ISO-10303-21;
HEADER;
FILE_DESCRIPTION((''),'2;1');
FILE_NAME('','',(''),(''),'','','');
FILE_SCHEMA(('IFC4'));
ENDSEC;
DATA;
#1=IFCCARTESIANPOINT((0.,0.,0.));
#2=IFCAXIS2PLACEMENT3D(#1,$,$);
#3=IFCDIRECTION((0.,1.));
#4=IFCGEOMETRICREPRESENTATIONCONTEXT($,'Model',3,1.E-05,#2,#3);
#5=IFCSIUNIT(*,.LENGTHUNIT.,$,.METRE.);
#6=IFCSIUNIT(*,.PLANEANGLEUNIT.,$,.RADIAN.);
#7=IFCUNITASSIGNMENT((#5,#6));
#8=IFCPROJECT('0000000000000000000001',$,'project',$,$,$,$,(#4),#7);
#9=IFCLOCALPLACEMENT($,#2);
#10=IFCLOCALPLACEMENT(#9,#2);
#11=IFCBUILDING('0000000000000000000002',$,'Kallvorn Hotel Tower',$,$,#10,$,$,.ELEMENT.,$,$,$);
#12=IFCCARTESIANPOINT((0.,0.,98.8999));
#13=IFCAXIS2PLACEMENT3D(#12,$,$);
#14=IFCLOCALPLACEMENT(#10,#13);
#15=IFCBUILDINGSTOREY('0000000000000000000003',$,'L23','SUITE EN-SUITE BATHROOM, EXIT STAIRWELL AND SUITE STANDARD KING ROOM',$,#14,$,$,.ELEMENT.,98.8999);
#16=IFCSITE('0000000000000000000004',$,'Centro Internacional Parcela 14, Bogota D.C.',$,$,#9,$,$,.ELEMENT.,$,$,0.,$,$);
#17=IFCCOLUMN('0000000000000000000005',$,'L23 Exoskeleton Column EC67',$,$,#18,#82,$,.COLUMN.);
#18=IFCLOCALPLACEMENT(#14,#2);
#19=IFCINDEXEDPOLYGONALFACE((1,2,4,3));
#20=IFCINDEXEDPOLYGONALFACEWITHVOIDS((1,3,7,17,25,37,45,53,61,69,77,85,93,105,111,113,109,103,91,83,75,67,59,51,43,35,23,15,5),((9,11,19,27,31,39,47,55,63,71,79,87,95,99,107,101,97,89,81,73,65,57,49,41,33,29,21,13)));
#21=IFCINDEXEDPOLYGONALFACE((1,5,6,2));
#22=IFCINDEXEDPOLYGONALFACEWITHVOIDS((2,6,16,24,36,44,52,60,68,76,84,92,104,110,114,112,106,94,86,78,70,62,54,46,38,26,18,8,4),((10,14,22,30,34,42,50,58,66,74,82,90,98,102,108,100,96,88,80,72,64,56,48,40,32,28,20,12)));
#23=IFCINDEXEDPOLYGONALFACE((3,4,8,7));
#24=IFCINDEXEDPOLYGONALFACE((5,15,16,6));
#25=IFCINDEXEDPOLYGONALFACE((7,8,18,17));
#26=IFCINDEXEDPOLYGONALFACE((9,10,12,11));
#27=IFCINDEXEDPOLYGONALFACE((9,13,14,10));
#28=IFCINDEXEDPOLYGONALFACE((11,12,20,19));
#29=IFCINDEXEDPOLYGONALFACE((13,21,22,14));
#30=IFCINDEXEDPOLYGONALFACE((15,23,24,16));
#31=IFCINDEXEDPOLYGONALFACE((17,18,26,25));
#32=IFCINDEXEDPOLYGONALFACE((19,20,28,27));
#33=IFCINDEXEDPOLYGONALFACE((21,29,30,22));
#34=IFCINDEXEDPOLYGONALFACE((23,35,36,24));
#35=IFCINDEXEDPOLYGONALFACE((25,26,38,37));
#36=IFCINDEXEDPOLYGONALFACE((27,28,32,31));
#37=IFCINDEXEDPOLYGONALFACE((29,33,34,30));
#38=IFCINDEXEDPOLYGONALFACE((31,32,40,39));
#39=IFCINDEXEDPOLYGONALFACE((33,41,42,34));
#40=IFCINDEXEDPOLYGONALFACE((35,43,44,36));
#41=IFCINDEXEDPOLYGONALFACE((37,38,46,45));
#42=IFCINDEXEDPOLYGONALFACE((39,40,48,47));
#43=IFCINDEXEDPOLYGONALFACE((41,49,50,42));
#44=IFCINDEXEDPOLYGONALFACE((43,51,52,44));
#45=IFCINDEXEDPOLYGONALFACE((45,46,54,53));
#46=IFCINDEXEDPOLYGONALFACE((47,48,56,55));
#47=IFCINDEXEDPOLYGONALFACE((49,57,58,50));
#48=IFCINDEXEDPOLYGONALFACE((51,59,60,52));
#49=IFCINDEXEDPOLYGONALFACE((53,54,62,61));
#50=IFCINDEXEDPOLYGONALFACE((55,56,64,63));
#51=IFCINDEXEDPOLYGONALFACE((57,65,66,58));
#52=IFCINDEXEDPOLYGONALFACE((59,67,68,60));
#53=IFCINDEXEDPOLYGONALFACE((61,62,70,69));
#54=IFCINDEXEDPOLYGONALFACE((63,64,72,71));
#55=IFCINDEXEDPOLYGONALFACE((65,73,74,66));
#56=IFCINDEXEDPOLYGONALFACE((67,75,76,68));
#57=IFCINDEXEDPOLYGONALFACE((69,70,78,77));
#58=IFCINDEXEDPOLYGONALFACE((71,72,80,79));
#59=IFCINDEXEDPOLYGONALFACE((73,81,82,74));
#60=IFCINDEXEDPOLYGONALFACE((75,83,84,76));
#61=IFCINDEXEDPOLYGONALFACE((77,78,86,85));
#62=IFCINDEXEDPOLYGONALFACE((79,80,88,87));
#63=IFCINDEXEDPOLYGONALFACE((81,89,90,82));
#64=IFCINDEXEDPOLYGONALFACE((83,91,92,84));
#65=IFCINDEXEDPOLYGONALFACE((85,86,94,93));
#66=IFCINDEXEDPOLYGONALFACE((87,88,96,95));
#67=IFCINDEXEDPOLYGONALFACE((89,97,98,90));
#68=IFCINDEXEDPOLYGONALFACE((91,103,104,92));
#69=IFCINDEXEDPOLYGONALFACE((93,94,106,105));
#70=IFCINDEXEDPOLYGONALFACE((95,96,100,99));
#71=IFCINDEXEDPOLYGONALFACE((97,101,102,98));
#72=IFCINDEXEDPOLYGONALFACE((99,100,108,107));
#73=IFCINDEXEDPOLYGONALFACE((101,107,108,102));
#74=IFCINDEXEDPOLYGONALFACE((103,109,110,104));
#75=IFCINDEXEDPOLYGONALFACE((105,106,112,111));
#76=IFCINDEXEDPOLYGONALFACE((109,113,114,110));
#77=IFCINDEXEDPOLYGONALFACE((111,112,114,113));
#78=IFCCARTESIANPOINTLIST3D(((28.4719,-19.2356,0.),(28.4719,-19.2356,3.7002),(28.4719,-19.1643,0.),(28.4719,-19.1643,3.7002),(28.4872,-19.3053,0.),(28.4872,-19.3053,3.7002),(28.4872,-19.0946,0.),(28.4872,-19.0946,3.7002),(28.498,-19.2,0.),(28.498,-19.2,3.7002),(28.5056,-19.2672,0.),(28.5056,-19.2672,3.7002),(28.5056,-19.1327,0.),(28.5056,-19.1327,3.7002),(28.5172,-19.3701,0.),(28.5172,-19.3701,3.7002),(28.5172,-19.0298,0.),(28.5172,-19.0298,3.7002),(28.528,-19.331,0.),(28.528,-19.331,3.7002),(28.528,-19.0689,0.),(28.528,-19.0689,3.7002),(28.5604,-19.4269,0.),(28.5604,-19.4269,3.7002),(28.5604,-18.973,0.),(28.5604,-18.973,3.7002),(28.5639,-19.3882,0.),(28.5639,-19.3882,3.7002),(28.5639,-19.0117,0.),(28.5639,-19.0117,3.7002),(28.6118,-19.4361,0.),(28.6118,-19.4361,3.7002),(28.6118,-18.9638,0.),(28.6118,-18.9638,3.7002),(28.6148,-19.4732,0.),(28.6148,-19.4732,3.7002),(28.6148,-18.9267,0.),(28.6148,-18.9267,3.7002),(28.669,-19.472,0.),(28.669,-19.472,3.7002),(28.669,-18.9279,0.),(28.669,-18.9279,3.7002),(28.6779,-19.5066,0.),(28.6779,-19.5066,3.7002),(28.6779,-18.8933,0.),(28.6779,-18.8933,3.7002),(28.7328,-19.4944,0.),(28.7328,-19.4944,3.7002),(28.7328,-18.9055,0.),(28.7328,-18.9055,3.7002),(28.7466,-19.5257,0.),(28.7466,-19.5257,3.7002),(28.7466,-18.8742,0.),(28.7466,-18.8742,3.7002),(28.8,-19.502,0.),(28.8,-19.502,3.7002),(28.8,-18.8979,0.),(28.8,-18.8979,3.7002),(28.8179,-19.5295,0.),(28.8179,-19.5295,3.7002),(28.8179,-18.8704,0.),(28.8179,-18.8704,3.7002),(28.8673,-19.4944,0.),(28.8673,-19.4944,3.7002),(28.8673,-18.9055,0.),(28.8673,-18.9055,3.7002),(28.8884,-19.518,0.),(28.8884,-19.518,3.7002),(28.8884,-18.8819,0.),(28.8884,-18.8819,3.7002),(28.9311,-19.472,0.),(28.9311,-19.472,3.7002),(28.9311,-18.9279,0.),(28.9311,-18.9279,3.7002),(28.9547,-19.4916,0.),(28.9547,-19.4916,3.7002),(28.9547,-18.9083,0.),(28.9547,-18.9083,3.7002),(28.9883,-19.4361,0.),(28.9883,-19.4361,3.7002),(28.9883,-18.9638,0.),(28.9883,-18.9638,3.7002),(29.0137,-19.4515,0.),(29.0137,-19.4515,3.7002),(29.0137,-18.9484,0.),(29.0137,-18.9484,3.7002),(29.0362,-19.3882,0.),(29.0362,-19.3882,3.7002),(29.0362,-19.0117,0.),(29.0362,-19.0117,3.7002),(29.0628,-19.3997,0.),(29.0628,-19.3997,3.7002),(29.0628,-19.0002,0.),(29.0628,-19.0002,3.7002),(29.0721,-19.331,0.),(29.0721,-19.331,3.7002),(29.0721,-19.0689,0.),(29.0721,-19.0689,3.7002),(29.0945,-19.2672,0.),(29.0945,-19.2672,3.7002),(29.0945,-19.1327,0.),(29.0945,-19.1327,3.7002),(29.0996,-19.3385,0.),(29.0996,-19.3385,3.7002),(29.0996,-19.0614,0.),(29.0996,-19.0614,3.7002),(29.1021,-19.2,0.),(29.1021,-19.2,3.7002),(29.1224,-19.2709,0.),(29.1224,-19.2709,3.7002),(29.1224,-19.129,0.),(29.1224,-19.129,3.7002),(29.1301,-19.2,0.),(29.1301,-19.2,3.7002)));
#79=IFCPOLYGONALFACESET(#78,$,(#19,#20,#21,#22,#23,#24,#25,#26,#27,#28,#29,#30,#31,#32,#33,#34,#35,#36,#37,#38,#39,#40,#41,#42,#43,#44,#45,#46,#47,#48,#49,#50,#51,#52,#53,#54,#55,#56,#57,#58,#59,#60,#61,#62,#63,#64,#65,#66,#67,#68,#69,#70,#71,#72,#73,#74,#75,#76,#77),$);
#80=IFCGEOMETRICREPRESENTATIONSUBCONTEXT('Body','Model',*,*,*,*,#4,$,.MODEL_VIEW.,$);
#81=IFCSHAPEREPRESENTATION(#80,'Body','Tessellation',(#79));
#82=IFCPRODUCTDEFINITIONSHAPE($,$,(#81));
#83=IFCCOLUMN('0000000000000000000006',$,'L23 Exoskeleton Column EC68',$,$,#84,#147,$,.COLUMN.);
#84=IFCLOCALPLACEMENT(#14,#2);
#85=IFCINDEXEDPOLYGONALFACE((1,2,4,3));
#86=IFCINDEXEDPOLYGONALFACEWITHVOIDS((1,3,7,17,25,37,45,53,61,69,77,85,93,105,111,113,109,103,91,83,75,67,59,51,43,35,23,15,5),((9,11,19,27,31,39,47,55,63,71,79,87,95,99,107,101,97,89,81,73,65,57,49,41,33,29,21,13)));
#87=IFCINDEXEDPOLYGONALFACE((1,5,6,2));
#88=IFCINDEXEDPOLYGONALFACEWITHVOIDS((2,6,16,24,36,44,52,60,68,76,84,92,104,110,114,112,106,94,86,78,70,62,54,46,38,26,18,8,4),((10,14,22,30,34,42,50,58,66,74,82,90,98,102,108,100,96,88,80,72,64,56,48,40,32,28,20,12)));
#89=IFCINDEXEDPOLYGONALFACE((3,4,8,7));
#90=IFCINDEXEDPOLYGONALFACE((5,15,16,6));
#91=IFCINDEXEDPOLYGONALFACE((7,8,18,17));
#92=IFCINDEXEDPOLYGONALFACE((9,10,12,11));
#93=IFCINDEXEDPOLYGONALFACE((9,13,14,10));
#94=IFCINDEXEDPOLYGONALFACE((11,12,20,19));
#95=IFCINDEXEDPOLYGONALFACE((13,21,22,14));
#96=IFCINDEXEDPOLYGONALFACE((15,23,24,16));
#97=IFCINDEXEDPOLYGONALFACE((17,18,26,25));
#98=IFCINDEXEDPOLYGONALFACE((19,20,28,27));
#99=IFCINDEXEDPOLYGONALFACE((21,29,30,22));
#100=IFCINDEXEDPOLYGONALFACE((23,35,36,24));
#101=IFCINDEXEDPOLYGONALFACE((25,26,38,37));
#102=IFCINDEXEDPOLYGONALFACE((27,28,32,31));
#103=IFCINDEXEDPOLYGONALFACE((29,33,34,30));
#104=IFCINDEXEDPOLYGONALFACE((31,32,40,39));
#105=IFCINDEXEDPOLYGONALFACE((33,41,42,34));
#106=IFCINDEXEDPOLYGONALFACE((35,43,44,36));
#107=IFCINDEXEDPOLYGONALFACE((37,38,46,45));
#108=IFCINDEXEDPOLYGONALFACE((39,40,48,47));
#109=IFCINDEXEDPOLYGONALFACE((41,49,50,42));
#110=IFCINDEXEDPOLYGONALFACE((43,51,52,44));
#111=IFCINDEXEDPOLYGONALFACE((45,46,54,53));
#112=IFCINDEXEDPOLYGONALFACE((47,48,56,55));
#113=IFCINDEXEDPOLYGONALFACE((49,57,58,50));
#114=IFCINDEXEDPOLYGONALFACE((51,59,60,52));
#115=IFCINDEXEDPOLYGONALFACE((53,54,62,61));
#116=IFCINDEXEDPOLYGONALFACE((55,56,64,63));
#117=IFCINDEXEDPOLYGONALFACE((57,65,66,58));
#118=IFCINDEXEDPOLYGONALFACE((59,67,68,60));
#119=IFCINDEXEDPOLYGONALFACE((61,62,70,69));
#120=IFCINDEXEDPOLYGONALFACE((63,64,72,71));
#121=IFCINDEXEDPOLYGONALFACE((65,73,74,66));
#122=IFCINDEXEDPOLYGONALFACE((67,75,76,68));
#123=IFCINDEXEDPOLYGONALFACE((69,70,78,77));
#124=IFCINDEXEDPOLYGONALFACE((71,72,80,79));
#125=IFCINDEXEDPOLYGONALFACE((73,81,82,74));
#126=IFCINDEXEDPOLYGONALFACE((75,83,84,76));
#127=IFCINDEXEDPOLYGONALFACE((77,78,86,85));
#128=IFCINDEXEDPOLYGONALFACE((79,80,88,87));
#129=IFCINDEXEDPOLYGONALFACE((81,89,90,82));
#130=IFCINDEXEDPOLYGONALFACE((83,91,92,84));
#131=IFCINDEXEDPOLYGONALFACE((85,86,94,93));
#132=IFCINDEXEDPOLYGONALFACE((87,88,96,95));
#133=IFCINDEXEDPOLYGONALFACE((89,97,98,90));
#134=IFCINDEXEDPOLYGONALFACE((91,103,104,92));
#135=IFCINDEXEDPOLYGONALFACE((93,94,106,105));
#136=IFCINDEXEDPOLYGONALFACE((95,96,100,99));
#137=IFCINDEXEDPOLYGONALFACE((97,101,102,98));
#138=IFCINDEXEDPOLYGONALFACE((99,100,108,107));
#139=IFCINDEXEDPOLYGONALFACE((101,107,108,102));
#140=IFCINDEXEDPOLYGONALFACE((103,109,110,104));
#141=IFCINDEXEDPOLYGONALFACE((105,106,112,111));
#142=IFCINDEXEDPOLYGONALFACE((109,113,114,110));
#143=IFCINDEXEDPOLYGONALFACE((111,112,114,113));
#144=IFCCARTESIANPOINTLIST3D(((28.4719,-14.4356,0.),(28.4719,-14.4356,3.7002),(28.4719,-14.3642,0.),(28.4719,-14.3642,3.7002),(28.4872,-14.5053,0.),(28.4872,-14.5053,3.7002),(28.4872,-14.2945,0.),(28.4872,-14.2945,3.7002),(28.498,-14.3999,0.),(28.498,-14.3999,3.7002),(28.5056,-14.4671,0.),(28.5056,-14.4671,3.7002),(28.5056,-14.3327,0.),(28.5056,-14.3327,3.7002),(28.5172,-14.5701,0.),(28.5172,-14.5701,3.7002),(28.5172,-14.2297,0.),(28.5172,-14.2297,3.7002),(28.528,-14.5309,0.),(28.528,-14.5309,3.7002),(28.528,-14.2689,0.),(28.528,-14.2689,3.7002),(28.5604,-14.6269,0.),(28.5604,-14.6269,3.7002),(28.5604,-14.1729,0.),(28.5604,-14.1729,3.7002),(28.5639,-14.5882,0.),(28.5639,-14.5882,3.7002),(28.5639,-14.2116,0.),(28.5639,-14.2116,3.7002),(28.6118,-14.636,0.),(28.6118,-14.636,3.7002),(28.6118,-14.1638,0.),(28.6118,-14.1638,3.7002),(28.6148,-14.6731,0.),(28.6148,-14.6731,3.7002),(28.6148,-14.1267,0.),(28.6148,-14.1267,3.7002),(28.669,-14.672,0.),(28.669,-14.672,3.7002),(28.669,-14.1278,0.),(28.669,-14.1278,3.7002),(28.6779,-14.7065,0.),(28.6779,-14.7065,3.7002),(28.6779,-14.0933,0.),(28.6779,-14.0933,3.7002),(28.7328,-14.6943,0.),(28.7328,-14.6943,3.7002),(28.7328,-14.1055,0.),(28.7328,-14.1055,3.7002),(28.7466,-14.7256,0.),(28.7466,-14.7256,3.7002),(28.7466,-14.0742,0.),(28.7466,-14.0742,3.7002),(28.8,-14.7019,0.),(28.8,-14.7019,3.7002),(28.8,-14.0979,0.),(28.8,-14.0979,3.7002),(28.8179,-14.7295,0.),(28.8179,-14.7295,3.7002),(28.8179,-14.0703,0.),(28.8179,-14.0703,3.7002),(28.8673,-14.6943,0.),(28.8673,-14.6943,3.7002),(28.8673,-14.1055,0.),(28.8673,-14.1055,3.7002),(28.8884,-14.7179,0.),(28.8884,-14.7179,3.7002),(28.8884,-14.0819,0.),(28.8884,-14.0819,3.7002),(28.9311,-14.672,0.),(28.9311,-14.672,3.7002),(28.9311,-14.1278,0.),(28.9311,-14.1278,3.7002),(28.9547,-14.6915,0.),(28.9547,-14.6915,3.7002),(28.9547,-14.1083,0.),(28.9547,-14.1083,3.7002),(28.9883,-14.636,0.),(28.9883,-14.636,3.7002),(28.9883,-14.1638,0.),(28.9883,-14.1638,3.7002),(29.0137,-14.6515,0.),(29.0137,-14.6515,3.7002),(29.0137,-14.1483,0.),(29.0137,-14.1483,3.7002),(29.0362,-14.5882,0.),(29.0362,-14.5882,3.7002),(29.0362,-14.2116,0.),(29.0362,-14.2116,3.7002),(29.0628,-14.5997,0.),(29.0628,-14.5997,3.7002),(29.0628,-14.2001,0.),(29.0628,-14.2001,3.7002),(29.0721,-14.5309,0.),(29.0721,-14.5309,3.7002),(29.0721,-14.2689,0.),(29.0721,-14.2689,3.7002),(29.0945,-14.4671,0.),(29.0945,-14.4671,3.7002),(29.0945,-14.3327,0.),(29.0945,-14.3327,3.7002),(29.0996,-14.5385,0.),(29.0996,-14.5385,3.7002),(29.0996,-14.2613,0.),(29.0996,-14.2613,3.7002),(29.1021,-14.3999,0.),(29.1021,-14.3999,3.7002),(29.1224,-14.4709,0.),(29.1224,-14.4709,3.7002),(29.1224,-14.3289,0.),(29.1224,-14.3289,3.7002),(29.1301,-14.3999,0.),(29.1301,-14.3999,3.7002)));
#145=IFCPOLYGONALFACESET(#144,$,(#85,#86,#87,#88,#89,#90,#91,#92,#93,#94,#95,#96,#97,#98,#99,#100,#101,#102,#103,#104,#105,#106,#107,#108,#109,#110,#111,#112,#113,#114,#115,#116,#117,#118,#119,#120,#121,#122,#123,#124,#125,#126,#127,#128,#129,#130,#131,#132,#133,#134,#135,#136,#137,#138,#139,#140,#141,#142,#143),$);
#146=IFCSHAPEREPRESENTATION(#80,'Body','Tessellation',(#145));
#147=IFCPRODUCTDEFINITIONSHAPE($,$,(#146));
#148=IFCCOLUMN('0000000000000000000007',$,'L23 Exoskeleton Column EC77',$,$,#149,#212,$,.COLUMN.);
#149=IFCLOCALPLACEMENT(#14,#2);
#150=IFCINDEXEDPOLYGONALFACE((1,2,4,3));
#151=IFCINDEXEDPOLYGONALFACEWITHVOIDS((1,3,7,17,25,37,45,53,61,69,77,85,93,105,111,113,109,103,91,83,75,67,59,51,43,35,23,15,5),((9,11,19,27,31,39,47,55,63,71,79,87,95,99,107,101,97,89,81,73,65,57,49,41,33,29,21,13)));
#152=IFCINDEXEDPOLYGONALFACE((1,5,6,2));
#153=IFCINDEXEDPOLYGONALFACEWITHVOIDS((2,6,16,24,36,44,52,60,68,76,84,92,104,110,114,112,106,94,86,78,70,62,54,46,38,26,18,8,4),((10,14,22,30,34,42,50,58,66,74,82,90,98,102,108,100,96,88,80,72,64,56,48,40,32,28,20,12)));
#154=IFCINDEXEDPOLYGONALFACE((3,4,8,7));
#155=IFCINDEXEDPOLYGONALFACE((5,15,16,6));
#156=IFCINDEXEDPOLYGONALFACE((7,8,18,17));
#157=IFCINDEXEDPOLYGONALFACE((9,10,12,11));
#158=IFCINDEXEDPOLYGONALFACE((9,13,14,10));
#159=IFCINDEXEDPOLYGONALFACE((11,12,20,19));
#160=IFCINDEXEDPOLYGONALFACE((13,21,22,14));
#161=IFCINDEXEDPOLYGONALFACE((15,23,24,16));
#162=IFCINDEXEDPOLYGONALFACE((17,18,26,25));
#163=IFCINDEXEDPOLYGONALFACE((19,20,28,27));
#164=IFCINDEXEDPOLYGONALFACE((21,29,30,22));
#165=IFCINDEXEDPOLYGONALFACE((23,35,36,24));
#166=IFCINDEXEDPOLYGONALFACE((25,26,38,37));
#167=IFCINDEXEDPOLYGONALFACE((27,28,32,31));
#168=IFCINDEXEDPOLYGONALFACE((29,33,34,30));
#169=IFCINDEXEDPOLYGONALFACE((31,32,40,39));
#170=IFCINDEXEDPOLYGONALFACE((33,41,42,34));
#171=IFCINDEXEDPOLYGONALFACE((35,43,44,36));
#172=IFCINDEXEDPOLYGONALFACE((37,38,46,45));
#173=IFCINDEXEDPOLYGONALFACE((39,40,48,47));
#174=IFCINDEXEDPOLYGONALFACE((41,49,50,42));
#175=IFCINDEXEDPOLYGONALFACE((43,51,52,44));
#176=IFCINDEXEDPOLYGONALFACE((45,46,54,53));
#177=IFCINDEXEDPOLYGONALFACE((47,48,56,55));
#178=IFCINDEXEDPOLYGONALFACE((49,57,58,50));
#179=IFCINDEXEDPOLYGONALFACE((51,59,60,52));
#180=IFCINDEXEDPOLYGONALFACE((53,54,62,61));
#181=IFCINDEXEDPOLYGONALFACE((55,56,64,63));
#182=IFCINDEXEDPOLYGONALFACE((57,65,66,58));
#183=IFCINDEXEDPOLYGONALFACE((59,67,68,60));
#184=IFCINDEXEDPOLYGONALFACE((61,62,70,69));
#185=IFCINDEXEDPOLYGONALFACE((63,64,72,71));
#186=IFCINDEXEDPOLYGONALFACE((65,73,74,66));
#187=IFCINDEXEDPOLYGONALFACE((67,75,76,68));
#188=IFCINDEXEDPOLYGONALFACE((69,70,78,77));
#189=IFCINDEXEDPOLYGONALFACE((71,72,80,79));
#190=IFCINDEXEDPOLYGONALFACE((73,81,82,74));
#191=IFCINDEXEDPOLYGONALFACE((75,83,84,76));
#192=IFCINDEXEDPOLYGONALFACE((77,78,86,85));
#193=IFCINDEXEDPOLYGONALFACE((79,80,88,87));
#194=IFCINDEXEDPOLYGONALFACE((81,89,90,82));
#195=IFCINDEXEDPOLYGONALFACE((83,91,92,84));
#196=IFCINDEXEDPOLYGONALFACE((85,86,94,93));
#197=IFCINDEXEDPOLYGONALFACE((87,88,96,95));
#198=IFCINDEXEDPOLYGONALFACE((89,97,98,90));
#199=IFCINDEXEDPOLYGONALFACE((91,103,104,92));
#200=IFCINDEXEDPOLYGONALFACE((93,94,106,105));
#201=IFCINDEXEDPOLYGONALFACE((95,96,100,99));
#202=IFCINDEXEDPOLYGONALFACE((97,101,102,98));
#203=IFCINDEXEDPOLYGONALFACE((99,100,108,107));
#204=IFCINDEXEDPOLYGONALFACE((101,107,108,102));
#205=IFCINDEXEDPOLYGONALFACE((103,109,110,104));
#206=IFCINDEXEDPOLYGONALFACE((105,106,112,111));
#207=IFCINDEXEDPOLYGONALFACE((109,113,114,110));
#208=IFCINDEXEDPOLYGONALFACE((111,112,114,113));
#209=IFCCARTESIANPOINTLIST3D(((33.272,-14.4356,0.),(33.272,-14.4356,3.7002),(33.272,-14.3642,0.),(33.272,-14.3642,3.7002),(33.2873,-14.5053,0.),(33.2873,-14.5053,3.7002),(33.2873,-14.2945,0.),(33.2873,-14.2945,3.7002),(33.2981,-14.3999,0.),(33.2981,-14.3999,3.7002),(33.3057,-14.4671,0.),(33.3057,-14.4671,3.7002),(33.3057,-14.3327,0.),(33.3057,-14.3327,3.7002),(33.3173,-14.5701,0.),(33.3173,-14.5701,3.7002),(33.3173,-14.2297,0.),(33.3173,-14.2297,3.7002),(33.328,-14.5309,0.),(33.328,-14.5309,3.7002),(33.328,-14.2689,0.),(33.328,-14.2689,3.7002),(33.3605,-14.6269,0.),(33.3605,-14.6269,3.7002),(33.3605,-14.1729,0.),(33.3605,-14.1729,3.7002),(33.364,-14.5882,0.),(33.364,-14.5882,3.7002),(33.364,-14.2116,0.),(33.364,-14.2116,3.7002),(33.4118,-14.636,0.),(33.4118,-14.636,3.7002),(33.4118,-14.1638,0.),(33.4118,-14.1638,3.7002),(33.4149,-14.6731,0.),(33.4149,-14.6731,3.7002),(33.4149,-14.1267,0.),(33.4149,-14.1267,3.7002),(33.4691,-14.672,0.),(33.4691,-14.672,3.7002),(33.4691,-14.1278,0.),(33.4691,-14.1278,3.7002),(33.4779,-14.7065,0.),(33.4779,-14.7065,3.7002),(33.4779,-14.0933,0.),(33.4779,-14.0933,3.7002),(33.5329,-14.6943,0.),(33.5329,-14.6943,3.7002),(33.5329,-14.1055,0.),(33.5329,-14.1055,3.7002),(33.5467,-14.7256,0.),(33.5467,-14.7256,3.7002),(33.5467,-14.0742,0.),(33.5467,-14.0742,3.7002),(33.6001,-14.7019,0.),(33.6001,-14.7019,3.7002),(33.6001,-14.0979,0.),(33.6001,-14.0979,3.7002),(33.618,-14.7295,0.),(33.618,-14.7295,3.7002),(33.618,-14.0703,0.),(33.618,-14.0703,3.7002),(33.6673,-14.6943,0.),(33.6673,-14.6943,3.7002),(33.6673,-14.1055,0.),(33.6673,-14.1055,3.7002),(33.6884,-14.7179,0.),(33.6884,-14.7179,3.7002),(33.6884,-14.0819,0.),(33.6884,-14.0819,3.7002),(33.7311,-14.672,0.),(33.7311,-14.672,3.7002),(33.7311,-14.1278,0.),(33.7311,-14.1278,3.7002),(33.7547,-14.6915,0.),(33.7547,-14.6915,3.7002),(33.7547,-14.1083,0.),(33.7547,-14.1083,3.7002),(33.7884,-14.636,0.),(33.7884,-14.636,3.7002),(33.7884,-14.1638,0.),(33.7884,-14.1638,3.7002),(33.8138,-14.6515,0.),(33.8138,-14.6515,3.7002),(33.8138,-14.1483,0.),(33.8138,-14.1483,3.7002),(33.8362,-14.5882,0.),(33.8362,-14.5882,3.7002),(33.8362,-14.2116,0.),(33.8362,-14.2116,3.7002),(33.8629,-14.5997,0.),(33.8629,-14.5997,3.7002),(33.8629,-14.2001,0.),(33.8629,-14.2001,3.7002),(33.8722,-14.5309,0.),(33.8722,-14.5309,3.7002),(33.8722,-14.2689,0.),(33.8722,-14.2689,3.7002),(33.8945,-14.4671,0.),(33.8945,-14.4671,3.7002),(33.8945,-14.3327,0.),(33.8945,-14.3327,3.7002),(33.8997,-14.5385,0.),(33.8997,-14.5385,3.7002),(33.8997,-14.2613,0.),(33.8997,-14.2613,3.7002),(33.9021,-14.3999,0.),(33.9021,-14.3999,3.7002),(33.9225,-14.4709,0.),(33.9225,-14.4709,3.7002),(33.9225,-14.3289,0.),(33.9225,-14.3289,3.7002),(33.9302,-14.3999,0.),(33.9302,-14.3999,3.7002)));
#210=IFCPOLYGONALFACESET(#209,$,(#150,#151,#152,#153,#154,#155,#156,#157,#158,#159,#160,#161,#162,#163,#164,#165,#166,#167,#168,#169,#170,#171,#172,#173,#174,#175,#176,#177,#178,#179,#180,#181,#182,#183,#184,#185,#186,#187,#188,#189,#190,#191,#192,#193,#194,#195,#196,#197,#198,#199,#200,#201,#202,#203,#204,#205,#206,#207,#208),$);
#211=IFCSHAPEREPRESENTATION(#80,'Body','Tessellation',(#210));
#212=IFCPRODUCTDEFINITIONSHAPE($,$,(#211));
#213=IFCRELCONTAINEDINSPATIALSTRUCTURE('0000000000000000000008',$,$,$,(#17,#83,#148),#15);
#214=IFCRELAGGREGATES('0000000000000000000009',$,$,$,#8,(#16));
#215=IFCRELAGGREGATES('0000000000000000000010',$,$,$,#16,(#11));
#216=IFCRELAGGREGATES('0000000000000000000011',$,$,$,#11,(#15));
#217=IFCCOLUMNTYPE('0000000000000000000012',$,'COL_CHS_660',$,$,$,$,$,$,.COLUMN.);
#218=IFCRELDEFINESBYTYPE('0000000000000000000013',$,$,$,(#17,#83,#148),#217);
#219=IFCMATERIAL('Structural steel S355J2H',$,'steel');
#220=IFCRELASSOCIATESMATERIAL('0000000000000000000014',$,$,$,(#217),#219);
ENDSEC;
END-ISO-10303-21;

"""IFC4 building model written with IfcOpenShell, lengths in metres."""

from ifc_helpers import new_model, si_unit, direction, frame, origin, origin_2d, place, context, subcontext, project, spatial, hollow_circle, extrude, material, material_profile, profile_set, type_object, element, save


model = new_model("IFC4")

# Units and contexts
model_context = context("Model", 3, precision=1e-05, world=origin(), true_north=direction((0.0, 1.0)))
body_context = subcontext(model_context, "Body", "Model", "MODEL_VIEW")
ifc_project = project(units=[si_unit("LENGTHUNIT", "METRE"), si_unit("PLANEANGLEUNIT", "RADIAN")], contexts=[model_context])

# Site, building, storey
site_placement = place(None, origin())
site = spatial("IfcSite", under=ifc_project, at=site_placement, Name="Centro Internacional Parcela 14, Bogota D.C.", CompositionType="ELEMENT", RefElevation=0.0)
building_placement = place(site_placement, origin())
building = spatial("IfcBuilding", under=site, at=building_placement, Name="Kallvorn Hotel Tower", CompositionType="ELEMENT")
storey_placement = place(building_placement, frame((0.0, 0.0, 98.8999)))
storey = spatial("IfcBuildingStorey", under=building, at=storey_placement, Name="L23", Description="SUITE EN-SUITE BATHROOM, EXIT STAIRWELL AND SUITE STANDARD KING ROOM", CompositionType="ELEMENT", Elevation=98.8999)

# Columns
ifc_material_1 = material(Name="Structural steel S355J2H", Category="steel")
ifc_material_profile_1 = material_profile(ifc_material_1, hollow_circle(Radius=0.3301, WallThickness=0.0281, at=origin_2d()), Name="CHS 660x28")
ifc_profile_set_1 = profile_set([ifc_material_profile_1], Name="Structural steel S355J2H")
column_type_1 = type_object("IfcColumnType", Name="COL_CHS_660", PredefinedType="COLUMN", material=ifc_profile_set_1)
for number, where, z_axis, x_axis, name in (
    (1, (28.8, -19.2, 0.0), (0.0, 0.0, 1.0), (1.0, 0.0, 0.0), "L23 Exoskeleton Column EC67"),
    (2, (28.8, -14.3999, 0.0), (0.0, 0.0, 1.0), (1.0, 0.0, 0.0), "L23 Exoskeleton Column EC68"),
    (3, (33.6001, -14.3999, 0.0), (0.0, 0.0, 1.0), (1.0, 0.0, 0.0), "L23 Exoskeleton Column EC77"),
):
    element("IfcColumn", number, at=place(storey_placement, frame(where, z_axis=z_axis, x_axis=x_axis)), inside=storey, type_object=column_type_1, Name=name, PredefinedType="COLUMN", context=body_context, shape_type="SweptSolid", body=[
        extrude(hollow_circle(Radius=0.3301, WallThickness=0.0281, at=origin_2d()), origin(), (0.0, 0.0, 1.0), 3.7002),
    ])

save(model, "model.ifc")
